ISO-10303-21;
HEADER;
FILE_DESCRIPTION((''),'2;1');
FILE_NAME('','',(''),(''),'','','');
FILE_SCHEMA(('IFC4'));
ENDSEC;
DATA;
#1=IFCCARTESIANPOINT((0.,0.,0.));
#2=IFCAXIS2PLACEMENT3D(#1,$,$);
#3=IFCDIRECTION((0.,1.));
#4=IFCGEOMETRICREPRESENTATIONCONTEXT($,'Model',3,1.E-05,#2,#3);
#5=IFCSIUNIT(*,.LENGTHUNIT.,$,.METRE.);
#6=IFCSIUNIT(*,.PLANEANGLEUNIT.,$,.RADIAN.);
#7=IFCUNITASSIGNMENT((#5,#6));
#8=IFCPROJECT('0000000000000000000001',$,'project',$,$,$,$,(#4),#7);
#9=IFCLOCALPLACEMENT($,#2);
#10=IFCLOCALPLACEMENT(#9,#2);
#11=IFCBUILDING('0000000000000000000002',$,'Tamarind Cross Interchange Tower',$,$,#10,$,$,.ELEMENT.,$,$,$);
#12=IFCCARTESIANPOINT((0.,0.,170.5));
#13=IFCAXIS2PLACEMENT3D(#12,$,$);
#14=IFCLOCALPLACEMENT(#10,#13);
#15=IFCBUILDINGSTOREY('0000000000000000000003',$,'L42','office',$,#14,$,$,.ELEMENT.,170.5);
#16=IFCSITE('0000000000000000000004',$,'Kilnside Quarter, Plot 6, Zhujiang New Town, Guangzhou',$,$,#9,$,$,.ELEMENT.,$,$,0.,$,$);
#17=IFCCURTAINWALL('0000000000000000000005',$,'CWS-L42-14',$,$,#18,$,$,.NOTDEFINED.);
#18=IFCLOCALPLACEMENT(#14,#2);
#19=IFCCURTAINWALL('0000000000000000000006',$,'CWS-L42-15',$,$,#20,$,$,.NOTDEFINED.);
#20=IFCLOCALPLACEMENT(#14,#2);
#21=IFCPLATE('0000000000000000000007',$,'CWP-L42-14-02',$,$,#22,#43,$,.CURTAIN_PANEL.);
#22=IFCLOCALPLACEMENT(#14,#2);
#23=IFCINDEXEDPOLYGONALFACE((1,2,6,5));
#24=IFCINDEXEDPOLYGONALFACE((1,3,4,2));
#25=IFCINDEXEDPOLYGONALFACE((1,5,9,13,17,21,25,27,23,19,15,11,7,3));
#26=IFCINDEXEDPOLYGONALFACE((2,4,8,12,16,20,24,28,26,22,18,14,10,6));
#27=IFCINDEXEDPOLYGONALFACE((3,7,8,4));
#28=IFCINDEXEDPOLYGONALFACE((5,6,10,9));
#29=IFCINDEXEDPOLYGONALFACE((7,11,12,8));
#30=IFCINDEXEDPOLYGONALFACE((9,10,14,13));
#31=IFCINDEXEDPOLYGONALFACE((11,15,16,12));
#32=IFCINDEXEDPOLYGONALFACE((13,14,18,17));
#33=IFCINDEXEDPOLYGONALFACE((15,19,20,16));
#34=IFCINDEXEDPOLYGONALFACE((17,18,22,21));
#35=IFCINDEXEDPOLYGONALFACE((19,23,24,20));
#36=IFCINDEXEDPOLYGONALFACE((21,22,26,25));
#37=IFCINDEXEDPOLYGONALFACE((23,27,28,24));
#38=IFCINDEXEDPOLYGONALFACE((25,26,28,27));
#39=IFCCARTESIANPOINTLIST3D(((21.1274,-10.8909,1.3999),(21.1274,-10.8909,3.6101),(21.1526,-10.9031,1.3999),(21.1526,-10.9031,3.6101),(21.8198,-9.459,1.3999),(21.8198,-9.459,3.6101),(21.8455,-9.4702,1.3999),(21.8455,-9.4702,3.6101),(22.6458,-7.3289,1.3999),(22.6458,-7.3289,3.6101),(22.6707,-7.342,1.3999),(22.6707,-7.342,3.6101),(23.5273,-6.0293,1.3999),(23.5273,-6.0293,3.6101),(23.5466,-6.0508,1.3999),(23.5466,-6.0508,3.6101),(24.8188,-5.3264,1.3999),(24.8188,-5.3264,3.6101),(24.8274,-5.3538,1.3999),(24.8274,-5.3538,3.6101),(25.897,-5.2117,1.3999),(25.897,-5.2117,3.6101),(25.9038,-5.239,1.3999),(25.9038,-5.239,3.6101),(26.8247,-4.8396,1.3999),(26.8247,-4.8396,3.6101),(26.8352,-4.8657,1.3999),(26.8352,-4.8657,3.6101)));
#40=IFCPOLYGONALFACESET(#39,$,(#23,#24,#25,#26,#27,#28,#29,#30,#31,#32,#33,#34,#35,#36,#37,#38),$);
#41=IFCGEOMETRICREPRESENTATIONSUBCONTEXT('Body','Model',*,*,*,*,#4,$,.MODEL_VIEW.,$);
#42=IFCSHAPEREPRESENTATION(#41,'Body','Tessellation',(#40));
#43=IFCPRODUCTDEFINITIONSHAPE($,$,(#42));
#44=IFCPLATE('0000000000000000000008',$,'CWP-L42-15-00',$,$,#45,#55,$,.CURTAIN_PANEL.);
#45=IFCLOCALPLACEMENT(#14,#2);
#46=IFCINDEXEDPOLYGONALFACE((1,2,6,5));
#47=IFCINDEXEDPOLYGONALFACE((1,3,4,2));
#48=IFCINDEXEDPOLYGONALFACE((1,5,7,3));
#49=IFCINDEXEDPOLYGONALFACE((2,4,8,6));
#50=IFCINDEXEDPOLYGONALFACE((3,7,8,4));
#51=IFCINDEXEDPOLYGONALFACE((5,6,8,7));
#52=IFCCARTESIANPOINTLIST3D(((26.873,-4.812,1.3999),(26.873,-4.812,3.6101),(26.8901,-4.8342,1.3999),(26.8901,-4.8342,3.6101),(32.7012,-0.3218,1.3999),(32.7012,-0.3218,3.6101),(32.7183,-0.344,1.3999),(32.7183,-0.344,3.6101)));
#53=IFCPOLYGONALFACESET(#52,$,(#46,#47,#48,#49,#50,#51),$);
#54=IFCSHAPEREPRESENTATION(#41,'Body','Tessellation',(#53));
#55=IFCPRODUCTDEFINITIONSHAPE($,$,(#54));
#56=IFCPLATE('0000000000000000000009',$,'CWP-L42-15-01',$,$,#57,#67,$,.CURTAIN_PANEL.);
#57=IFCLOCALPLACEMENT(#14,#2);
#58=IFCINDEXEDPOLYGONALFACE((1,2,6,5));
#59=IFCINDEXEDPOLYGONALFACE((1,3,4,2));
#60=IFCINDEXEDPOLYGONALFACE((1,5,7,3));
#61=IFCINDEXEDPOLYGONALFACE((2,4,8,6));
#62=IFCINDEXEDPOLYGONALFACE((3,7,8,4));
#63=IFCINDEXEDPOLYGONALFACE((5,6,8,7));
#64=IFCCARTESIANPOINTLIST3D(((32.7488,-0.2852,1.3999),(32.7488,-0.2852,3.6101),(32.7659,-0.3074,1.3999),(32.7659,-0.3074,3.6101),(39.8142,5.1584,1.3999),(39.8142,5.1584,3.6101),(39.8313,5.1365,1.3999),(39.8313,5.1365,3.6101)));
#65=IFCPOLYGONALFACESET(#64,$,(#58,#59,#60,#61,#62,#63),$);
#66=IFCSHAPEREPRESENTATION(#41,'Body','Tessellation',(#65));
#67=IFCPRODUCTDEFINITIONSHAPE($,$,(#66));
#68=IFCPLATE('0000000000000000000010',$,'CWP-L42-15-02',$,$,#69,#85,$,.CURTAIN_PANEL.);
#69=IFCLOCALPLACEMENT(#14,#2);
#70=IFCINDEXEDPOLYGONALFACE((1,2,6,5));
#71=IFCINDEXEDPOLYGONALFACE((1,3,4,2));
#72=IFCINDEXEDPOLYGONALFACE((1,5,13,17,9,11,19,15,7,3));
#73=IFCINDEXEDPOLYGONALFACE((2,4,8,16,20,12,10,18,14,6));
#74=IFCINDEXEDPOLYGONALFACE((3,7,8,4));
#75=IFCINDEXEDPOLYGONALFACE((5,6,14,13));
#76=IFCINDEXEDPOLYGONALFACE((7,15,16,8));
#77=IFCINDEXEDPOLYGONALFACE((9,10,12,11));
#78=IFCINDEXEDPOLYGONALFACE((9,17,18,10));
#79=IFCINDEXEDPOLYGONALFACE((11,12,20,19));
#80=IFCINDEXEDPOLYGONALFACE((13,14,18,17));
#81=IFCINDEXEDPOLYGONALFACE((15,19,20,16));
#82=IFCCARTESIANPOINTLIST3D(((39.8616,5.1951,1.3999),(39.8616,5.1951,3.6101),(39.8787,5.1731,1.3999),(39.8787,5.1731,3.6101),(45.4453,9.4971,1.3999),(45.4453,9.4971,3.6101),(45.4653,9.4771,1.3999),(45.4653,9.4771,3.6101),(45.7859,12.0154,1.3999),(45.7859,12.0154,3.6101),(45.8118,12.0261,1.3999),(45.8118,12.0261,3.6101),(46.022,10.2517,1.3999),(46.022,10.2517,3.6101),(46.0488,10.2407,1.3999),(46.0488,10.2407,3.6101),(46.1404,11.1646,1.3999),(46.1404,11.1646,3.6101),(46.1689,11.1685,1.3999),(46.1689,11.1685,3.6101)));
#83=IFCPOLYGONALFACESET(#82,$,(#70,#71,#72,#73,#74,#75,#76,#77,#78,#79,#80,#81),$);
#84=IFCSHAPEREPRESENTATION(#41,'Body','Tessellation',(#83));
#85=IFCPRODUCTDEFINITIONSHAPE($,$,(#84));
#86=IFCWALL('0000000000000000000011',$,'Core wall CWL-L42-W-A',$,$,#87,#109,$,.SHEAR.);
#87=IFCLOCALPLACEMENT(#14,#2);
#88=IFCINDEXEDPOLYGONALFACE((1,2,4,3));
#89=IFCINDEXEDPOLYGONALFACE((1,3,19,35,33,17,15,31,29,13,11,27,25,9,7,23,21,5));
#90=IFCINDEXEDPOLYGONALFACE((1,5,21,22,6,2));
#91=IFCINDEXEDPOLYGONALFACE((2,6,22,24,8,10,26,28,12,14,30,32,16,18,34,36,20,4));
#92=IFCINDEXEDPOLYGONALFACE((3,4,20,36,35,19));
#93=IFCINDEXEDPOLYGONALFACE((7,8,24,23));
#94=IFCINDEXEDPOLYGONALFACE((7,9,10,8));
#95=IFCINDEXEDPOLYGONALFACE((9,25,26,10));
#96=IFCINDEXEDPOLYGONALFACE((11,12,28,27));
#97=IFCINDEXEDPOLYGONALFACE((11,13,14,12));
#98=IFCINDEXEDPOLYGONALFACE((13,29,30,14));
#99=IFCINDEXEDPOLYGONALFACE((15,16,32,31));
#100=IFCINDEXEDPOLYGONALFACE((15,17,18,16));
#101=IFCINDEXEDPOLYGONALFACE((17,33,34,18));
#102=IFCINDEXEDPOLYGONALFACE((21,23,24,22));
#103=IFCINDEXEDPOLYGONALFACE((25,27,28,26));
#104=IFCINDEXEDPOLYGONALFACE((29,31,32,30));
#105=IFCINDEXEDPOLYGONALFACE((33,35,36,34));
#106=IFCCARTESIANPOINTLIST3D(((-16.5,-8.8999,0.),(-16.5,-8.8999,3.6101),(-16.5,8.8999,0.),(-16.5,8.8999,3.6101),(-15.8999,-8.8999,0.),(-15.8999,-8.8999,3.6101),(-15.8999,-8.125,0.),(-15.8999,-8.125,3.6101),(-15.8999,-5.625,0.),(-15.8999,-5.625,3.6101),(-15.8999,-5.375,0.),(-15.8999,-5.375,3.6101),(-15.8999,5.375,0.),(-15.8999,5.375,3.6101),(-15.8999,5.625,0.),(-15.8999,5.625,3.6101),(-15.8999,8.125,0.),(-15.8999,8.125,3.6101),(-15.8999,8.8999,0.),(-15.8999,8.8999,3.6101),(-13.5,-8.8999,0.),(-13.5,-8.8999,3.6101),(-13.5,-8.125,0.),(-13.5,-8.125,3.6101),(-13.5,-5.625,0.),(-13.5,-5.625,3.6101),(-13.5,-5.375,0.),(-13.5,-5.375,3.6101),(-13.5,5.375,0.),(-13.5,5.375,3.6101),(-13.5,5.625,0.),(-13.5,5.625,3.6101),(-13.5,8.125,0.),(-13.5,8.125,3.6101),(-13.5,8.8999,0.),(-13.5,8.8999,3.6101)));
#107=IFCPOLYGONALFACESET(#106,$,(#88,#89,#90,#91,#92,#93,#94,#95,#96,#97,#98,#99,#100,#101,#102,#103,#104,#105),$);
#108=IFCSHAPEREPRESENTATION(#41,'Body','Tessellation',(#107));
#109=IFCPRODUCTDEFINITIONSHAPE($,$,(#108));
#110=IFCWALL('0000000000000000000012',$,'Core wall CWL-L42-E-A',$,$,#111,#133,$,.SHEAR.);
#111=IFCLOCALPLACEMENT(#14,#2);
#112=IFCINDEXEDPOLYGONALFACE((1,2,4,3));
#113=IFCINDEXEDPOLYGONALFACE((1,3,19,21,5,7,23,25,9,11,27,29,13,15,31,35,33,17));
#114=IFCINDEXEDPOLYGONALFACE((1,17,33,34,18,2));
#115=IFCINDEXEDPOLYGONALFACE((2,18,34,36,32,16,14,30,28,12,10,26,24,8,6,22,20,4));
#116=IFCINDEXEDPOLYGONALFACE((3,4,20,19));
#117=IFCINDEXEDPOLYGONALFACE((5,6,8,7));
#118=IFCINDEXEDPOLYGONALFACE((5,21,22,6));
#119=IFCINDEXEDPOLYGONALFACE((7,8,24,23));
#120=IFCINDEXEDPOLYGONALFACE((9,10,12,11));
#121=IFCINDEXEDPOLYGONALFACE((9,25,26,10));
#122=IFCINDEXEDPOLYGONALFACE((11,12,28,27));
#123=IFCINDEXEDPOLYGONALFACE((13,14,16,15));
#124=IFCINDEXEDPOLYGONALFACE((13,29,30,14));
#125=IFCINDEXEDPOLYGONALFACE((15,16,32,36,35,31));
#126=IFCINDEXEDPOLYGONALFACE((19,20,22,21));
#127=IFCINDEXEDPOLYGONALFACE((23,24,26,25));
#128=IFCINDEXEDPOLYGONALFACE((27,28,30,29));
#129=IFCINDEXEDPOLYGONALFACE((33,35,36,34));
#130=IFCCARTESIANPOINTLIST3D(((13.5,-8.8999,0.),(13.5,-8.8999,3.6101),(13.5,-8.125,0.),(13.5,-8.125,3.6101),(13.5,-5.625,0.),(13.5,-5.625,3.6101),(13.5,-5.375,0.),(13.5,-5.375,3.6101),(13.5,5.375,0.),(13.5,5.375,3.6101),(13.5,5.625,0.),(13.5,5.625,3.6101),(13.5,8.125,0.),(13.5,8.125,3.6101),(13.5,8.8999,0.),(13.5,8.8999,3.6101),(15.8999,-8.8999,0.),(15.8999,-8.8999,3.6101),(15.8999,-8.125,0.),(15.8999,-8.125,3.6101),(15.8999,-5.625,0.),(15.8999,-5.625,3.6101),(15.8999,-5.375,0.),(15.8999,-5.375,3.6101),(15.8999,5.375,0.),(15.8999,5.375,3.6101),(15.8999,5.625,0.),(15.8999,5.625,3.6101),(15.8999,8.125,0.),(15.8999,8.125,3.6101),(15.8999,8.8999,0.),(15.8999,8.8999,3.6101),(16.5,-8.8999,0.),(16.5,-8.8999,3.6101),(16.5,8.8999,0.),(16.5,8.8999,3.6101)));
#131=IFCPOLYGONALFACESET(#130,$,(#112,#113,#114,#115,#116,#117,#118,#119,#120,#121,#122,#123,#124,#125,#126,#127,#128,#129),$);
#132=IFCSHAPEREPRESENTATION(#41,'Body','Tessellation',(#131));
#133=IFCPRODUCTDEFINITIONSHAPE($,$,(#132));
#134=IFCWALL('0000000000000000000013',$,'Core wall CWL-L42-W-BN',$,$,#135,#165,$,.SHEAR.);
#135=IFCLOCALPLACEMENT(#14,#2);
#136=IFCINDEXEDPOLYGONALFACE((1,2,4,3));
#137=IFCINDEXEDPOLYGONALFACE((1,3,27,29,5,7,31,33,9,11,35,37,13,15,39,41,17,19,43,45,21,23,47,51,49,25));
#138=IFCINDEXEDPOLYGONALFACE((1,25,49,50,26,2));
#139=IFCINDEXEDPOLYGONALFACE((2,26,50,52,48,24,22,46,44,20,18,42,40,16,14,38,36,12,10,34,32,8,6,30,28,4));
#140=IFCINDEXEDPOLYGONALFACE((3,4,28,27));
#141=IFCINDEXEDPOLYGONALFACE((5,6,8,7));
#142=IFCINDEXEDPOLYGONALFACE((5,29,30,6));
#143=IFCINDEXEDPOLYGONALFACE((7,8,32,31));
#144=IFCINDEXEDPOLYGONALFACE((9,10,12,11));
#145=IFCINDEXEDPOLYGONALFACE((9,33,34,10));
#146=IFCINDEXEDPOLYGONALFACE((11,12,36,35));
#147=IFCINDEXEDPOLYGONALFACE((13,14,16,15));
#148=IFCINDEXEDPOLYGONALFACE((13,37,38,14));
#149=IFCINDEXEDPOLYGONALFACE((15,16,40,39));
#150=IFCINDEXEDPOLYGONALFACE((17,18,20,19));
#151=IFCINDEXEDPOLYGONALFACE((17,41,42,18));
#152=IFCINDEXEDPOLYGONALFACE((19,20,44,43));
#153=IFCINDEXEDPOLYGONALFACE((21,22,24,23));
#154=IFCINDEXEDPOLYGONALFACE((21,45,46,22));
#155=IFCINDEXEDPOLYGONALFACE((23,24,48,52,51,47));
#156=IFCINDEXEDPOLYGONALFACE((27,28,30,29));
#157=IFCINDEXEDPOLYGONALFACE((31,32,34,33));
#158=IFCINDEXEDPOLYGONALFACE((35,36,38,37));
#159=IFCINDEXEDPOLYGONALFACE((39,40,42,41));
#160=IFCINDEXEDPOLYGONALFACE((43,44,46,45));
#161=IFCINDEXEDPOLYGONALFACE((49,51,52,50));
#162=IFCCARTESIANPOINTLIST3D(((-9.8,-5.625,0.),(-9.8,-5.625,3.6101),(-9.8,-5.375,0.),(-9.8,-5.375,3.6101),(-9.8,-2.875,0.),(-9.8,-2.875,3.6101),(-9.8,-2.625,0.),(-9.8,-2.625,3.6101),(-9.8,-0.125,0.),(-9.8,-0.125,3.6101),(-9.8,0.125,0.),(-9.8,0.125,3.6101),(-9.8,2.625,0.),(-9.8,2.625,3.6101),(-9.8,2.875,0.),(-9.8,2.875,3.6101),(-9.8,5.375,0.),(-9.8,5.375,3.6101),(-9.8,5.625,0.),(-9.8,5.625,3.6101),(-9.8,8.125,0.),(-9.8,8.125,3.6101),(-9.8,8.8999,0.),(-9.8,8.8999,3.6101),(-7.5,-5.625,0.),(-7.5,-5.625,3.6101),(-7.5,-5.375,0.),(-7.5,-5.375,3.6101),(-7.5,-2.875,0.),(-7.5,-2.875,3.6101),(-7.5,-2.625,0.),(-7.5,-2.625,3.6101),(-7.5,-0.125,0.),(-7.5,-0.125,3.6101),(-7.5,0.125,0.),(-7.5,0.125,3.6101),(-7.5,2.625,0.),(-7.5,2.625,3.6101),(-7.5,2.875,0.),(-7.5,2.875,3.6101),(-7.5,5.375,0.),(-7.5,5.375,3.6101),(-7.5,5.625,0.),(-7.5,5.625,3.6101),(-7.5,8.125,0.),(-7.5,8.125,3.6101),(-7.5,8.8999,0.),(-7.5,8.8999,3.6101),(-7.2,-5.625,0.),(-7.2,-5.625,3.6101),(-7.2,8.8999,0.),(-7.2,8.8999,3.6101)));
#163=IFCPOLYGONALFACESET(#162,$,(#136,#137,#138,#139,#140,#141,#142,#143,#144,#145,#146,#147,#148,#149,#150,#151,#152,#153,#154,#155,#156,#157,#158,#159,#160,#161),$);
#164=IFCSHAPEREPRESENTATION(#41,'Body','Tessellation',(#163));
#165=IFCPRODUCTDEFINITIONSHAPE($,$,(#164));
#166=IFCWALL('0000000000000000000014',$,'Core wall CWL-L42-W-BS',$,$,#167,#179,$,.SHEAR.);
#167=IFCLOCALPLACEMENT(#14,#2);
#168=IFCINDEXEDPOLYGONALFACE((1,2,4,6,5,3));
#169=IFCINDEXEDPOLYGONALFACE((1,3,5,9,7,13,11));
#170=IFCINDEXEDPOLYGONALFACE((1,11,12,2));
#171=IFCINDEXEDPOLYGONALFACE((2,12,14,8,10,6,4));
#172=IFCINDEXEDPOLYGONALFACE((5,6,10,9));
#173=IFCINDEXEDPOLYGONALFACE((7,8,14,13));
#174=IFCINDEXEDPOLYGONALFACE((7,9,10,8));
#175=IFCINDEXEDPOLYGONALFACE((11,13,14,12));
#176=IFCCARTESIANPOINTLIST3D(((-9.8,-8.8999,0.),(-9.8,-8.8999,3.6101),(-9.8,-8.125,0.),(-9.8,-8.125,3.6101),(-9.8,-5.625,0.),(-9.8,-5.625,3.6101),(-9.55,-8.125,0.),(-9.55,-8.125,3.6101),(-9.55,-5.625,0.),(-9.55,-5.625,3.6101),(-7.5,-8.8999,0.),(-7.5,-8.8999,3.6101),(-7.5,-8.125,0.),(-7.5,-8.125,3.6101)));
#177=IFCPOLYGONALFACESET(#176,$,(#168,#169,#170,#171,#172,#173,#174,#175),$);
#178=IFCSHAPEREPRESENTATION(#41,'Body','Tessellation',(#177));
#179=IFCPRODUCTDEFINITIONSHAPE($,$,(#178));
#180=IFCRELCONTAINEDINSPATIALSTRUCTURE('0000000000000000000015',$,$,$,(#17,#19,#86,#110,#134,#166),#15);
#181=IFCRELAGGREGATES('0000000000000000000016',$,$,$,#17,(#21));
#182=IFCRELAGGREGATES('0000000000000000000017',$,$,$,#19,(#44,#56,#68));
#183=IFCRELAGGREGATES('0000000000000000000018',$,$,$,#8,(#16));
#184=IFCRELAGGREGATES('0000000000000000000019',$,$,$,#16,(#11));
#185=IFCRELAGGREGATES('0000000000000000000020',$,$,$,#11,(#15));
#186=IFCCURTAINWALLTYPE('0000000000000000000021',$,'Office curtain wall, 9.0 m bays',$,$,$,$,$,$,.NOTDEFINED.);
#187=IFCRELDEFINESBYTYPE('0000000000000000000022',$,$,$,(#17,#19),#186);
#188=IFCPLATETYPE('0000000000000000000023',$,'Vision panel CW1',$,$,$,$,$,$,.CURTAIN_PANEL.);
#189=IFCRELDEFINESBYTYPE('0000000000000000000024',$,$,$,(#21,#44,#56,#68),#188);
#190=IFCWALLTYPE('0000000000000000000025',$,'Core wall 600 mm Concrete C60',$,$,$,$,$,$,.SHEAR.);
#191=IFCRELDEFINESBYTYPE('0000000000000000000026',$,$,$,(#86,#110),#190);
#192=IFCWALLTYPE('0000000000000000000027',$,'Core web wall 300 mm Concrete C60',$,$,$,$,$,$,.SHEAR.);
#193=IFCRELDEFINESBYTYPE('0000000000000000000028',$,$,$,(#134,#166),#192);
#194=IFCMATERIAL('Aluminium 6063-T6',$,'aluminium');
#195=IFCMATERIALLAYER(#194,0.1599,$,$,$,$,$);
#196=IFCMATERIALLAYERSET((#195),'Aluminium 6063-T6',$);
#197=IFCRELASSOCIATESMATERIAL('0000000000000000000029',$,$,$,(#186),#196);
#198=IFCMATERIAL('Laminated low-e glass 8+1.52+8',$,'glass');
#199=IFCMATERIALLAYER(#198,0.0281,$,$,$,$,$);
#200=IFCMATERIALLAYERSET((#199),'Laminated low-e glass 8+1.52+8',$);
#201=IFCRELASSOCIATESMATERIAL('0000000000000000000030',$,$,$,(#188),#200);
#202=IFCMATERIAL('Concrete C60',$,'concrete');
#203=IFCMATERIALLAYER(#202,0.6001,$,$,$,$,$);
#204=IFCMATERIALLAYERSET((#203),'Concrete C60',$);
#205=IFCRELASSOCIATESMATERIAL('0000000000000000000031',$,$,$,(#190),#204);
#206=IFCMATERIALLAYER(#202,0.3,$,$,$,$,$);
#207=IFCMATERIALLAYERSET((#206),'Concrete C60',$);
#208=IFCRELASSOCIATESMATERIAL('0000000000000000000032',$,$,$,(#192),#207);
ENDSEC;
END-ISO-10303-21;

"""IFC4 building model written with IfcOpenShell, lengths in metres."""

from ifc_helpers import new_model, si_unit, direction, frame, origin, place, context, subcontext, project, spatial, polyline, outline, extrude, material, layer, layer_set, type_object, element, aggregate, save


model = new_model("IFC4")

# Units and contexts
model_context = context("Model", 3, precision=1e-05, world=origin(), true_north=direction((0.0, 1.0)))
body_context = subcontext(model_context, "Body", "Model", "MODEL_VIEW")
ifc_project = project(units=[si_unit("LENGTHUNIT", "METRE"), si_unit("PLANEANGLEUNIT", "RADIAN")], contexts=[model_context])

# Site, building, storey
site_placement = place(None, origin())
site = spatial("IfcSite", under=ifc_project, at=site_placement, Name="Kilnside Quarter, Plot 6, Zhujiang New Town, Guangzhou", CompositionType="ELEMENT", RefElevation=0.0)
building_placement = place(site_placement, origin())
building = spatial("IfcBuilding", under=site, at=building_placement, Name="Tamarind Cross Interchange Tower", CompositionType="ELEMENT")
storey_placement = place(building_placement, frame((0.0, 0.0, 170.5)))
storey = spatial("IfcBuildingStorey", under=building, at=storey_placement, Name="L42", Description="office", CompositionType="ELEMENT", Elevation=170.5)

# Curtain walls
ifc_material_1 = material(Name="Aluminium 6063-T6", Category="aluminium")
ifc_layer_1 = layer(ifc_material_1, 0.1599)
ifc_layer_set_1 = layer_set([ifc_layer_1], Name="Aluminium 6063-T6")
curtain_wall_type = type_object("IfcCurtainWallType", Name="Office curtain wall, 9.0 m bays", PredefinedType="NOTDEFINED", material=ifc_layer_set_1)
curtain_wall_1_placement = place(storey_placement, origin())
curtain_wall_1 = element("IfcCurtainWall", 1, at=curtain_wall_1_placement, inside=storey, type_object=curtain_wall_type, Name="CWS-L42-14", PredefinedType="NOTDEFINED")
curtain_wall_2_placement = place(storey_placement, origin())
curtain_wall_2 = element("IfcCurtainWall", 2, at=curtain_wall_2_placement, inside=storey, type_object=curtain_wall_type, Name="CWS-L42-15", PredefinedType="NOTDEFINED")

# Plates
ifc_material_2 = material(Name="Laminated low-e glass 8+1.52+8", Category="glass")
ifc_layer_2 = layer(ifc_material_2, 0.0281)
ifc_layer_set_2 = layer_set([ifc_layer_2], Name="Laminated low-e glass 8+1.52+8")
plate_type = type_object("IfcPlateType", Name="Vision panel CW1", PredefinedType="CURTAIN_PANEL", material=ifc_layer_set_2)
plate_1_placement = place(storey_placement, frame((0.0, 0.0, 1.3999)))
plate_1 = element("IfcPlate", 3, at=plate_1_placement, type_object=plate_type, Name="CWP-L42-14-02", PredefinedType="CURTAIN_PANEL", context=body_context, shape_type="SweptSolid", body=[
    extrude(outline(polyline([(21.1274, -10.8909), (21.8198, -9.459), (22.6458, -7.3289), (23.5273, -6.0293), (24.8188, -5.3264), (25.897, -5.2117), (26.8247, -4.8396), (26.8352, -4.8657), (25.9038, -5.239), (24.8274, -5.3538), (23.5466, -6.0508), (22.6707, -7.342), (21.8455, -9.4702), (21.1526, -10.9031), (21.1274, -10.8909)])), origin(), (0.0, 0.0, 1.0), 2.2102),
])
aggregate(curtain_wall_1, [plate_1])
plate_2_placement = place(storey_placement, frame((0.0, 0.0, 1.3999)))
plate_2 = element("IfcPlate", 4, at=plate_2_placement, type_object=plate_type, Name="CWP-L42-15-00", PredefinedType="CURTAIN_PANEL", context=body_context, shape_type="SweptSolid", body=[
    extrude(outline(polyline([(26.873, -4.812), (32.7012, -0.3218), (32.7183, -0.344), (26.8901, -4.8342), (26.873, -4.812)])), origin(), (0.0, 0.0, 1.0), 2.2102),
])
plate_3_placement = place(storey_placement, frame((0.0, 0.0, 1.3999)))
plate_3 = element("IfcPlate", 5, at=plate_3_placement, type_object=plate_type, Name="CWP-L42-15-01", PredefinedType="CURTAIN_PANEL", context=body_context, shape_type="SweptSolid", body=[
    extrude(outline(polyline([(32.7488, -0.2852), (39.8142, 5.1584), (39.8313, 5.1365), (32.7659, -0.3074), (32.7488, -0.2852)])), origin(), (0.0, 0.0, 1.0), 2.2102),
])
plate_4_placement = place(storey_placement, frame((0.0, 0.0, 1.3999)))
plate_4 = element("IfcPlate", 6, at=plate_4_placement, type_object=plate_type, Name="CWP-L42-15-02", PredefinedType="CURTAIN_PANEL", context=body_context, shape_type="SweptSolid", body=[
    extrude(outline(polyline([(39.8616, 5.1951), (45.4453, 9.4971), (46.022, 10.2517), (46.1404, 11.1646), (45.7859, 12.0154), (45.8118, 12.0261), (46.1689, 11.1685), (46.0488, 10.2407), (45.4653, 9.4771), (39.8787, 5.1731), (39.8616, 5.1951)])), origin(), (0.0, 0.0, 1.0), 2.2102),
])
aggregate(curtain_wall_2, [plate_2, plate_3, plate_4])

# Walls
ifc_material_3 = material(Name="Concrete C60", Category="concrete")
ifc_layer_3 = layer(ifc_material_3, 0.6001)
ifc_layer_set_3 = layer_set([ifc_layer_3], Name="Concrete C60")
wall_type_1 = type_object("IfcWallType", Name="Core wall 600 mm Concrete C60", PredefinedType="SHEAR", material=ifc_layer_set_3)
wall_1_placement = place(storey_placement, origin())
element("IfcWall", 7, at=wall_1_placement, inside=storey, type_object=wall_type_1, Name="Core wall CWL-L42-W-A", PredefinedType="SHEAR", context=body_context, shape_type="SweptSolid", body=[
    extrude(outline(polyline([(-13.5, -8.125), (-15.8999, -8.125), (-15.8999, -5.625), (-13.5, -5.625), (-13.5, -5.375), (-15.8999, -5.375), (-15.8999, 5.375), (-13.5, 5.375), (-13.5, 5.625), (-15.8999, 5.625), (-15.8999, 8.125), (-13.5, 8.125), (-13.5, 8.8999), (-15.8999, 8.8999), (-16.5, 8.8999), (-16.5, -8.8999), (-15.8999, -8.8999), (-13.5, -8.8999), (-13.5, -8.125)])), origin(), (0.0, 0.0, 1.0), 3.6101),
])
wall_2_placement = place(storey_placement, origin())
element("IfcWall", 8, at=wall_2_placement, inside=storey, type_object=wall_type_1, Name="Core wall CWL-L42-E-A", PredefinedType="SHEAR", context=body_context, shape_type="SweptSolid", body=[
    extrude(outline(polyline([(13.5, -8.125), (13.5, -8.8999), (15.8999, -8.8999), (16.5, -8.8999), (16.5, 8.8999), (15.8999, 8.8999), (13.5, 8.8999), (13.5, 8.125), (15.8999, 8.125), (15.8999, 5.625), (13.5, 5.625), (13.5, 5.375), (15.8999, 5.375), (15.8999, -5.375), (13.5, -5.375), (13.5, -5.625), (15.8999, -5.625), (15.8999, -8.125), (13.5, -8.125)])), origin(), (0.0, 0.0, 1.0), 3.6101),
])
ifc_layer_4 = layer(ifc_material_3, 0.3)
ifc_layer_set_4 = layer_set([ifc_layer_4], Name="Concrete C60")
wall_type_2 = type_object("IfcWallType", Name="Core web wall 300 mm Concrete C60", PredefinedType="SHEAR", material=ifc_layer_set_4)
wall_3_placement = place(storey_placement, origin())
element("IfcWall", 9, at=wall_3_placement, inside=storey, type_object=wall_type_2, Name="Core wall CWL-L42-W-BN", PredefinedType="SHEAR", context=body_context, shape_type="SweptSolid", body=[
    extrude(outline(polyline([(-9.8, -5.375), (-9.8, -5.625), (-7.5, -5.625), (-7.2, -5.625), (-7.2, 8.8999), (-7.5, 8.8999), (-9.8, 8.8999), (-9.8, 8.125), (-7.5, 8.125), (-7.5, 5.625), (-9.8, 5.625), (-9.8, 5.375), (-7.5, 5.375), (-7.5, 2.875), (-9.8, 2.875), (-9.8, 2.625), (-7.5, 2.625), (-7.5, 0.125), (-9.8, 0.125), (-9.8, -0.125), (-7.5, -0.125), (-7.5, -2.625), (-9.8, -2.625), (-9.8, -2.875), (-7.5, -2.875), (-7.5, -5.375), (-9.8, -5.375)])), origin(), (0.0, 0.0, 1.0), 3.6101),
])
wall_4_placement = place(storey_placement, origin())
element("IfcWall", 10, at=wall_4_placement, inside=storey, type_object=wall_type_2, Name="Core wall CWL-L42-W-BS", PredefinedType="SHEAR", context=body_context, shape_type="SweptSolid", body=[
    extrude(outline(polyline([(-7.5, -8.125), (-9.55, -8.125), (-9.55, -5.625), (-9.8, -5.625), (-9.8, -8.125), (-9.8, -8.8999), (-7.5, -8.8999), (-7.5, -8.125)])), origin(), (0.0, 0.0, 1.0), 3.6101),
])

save(model, "model.ifc")
